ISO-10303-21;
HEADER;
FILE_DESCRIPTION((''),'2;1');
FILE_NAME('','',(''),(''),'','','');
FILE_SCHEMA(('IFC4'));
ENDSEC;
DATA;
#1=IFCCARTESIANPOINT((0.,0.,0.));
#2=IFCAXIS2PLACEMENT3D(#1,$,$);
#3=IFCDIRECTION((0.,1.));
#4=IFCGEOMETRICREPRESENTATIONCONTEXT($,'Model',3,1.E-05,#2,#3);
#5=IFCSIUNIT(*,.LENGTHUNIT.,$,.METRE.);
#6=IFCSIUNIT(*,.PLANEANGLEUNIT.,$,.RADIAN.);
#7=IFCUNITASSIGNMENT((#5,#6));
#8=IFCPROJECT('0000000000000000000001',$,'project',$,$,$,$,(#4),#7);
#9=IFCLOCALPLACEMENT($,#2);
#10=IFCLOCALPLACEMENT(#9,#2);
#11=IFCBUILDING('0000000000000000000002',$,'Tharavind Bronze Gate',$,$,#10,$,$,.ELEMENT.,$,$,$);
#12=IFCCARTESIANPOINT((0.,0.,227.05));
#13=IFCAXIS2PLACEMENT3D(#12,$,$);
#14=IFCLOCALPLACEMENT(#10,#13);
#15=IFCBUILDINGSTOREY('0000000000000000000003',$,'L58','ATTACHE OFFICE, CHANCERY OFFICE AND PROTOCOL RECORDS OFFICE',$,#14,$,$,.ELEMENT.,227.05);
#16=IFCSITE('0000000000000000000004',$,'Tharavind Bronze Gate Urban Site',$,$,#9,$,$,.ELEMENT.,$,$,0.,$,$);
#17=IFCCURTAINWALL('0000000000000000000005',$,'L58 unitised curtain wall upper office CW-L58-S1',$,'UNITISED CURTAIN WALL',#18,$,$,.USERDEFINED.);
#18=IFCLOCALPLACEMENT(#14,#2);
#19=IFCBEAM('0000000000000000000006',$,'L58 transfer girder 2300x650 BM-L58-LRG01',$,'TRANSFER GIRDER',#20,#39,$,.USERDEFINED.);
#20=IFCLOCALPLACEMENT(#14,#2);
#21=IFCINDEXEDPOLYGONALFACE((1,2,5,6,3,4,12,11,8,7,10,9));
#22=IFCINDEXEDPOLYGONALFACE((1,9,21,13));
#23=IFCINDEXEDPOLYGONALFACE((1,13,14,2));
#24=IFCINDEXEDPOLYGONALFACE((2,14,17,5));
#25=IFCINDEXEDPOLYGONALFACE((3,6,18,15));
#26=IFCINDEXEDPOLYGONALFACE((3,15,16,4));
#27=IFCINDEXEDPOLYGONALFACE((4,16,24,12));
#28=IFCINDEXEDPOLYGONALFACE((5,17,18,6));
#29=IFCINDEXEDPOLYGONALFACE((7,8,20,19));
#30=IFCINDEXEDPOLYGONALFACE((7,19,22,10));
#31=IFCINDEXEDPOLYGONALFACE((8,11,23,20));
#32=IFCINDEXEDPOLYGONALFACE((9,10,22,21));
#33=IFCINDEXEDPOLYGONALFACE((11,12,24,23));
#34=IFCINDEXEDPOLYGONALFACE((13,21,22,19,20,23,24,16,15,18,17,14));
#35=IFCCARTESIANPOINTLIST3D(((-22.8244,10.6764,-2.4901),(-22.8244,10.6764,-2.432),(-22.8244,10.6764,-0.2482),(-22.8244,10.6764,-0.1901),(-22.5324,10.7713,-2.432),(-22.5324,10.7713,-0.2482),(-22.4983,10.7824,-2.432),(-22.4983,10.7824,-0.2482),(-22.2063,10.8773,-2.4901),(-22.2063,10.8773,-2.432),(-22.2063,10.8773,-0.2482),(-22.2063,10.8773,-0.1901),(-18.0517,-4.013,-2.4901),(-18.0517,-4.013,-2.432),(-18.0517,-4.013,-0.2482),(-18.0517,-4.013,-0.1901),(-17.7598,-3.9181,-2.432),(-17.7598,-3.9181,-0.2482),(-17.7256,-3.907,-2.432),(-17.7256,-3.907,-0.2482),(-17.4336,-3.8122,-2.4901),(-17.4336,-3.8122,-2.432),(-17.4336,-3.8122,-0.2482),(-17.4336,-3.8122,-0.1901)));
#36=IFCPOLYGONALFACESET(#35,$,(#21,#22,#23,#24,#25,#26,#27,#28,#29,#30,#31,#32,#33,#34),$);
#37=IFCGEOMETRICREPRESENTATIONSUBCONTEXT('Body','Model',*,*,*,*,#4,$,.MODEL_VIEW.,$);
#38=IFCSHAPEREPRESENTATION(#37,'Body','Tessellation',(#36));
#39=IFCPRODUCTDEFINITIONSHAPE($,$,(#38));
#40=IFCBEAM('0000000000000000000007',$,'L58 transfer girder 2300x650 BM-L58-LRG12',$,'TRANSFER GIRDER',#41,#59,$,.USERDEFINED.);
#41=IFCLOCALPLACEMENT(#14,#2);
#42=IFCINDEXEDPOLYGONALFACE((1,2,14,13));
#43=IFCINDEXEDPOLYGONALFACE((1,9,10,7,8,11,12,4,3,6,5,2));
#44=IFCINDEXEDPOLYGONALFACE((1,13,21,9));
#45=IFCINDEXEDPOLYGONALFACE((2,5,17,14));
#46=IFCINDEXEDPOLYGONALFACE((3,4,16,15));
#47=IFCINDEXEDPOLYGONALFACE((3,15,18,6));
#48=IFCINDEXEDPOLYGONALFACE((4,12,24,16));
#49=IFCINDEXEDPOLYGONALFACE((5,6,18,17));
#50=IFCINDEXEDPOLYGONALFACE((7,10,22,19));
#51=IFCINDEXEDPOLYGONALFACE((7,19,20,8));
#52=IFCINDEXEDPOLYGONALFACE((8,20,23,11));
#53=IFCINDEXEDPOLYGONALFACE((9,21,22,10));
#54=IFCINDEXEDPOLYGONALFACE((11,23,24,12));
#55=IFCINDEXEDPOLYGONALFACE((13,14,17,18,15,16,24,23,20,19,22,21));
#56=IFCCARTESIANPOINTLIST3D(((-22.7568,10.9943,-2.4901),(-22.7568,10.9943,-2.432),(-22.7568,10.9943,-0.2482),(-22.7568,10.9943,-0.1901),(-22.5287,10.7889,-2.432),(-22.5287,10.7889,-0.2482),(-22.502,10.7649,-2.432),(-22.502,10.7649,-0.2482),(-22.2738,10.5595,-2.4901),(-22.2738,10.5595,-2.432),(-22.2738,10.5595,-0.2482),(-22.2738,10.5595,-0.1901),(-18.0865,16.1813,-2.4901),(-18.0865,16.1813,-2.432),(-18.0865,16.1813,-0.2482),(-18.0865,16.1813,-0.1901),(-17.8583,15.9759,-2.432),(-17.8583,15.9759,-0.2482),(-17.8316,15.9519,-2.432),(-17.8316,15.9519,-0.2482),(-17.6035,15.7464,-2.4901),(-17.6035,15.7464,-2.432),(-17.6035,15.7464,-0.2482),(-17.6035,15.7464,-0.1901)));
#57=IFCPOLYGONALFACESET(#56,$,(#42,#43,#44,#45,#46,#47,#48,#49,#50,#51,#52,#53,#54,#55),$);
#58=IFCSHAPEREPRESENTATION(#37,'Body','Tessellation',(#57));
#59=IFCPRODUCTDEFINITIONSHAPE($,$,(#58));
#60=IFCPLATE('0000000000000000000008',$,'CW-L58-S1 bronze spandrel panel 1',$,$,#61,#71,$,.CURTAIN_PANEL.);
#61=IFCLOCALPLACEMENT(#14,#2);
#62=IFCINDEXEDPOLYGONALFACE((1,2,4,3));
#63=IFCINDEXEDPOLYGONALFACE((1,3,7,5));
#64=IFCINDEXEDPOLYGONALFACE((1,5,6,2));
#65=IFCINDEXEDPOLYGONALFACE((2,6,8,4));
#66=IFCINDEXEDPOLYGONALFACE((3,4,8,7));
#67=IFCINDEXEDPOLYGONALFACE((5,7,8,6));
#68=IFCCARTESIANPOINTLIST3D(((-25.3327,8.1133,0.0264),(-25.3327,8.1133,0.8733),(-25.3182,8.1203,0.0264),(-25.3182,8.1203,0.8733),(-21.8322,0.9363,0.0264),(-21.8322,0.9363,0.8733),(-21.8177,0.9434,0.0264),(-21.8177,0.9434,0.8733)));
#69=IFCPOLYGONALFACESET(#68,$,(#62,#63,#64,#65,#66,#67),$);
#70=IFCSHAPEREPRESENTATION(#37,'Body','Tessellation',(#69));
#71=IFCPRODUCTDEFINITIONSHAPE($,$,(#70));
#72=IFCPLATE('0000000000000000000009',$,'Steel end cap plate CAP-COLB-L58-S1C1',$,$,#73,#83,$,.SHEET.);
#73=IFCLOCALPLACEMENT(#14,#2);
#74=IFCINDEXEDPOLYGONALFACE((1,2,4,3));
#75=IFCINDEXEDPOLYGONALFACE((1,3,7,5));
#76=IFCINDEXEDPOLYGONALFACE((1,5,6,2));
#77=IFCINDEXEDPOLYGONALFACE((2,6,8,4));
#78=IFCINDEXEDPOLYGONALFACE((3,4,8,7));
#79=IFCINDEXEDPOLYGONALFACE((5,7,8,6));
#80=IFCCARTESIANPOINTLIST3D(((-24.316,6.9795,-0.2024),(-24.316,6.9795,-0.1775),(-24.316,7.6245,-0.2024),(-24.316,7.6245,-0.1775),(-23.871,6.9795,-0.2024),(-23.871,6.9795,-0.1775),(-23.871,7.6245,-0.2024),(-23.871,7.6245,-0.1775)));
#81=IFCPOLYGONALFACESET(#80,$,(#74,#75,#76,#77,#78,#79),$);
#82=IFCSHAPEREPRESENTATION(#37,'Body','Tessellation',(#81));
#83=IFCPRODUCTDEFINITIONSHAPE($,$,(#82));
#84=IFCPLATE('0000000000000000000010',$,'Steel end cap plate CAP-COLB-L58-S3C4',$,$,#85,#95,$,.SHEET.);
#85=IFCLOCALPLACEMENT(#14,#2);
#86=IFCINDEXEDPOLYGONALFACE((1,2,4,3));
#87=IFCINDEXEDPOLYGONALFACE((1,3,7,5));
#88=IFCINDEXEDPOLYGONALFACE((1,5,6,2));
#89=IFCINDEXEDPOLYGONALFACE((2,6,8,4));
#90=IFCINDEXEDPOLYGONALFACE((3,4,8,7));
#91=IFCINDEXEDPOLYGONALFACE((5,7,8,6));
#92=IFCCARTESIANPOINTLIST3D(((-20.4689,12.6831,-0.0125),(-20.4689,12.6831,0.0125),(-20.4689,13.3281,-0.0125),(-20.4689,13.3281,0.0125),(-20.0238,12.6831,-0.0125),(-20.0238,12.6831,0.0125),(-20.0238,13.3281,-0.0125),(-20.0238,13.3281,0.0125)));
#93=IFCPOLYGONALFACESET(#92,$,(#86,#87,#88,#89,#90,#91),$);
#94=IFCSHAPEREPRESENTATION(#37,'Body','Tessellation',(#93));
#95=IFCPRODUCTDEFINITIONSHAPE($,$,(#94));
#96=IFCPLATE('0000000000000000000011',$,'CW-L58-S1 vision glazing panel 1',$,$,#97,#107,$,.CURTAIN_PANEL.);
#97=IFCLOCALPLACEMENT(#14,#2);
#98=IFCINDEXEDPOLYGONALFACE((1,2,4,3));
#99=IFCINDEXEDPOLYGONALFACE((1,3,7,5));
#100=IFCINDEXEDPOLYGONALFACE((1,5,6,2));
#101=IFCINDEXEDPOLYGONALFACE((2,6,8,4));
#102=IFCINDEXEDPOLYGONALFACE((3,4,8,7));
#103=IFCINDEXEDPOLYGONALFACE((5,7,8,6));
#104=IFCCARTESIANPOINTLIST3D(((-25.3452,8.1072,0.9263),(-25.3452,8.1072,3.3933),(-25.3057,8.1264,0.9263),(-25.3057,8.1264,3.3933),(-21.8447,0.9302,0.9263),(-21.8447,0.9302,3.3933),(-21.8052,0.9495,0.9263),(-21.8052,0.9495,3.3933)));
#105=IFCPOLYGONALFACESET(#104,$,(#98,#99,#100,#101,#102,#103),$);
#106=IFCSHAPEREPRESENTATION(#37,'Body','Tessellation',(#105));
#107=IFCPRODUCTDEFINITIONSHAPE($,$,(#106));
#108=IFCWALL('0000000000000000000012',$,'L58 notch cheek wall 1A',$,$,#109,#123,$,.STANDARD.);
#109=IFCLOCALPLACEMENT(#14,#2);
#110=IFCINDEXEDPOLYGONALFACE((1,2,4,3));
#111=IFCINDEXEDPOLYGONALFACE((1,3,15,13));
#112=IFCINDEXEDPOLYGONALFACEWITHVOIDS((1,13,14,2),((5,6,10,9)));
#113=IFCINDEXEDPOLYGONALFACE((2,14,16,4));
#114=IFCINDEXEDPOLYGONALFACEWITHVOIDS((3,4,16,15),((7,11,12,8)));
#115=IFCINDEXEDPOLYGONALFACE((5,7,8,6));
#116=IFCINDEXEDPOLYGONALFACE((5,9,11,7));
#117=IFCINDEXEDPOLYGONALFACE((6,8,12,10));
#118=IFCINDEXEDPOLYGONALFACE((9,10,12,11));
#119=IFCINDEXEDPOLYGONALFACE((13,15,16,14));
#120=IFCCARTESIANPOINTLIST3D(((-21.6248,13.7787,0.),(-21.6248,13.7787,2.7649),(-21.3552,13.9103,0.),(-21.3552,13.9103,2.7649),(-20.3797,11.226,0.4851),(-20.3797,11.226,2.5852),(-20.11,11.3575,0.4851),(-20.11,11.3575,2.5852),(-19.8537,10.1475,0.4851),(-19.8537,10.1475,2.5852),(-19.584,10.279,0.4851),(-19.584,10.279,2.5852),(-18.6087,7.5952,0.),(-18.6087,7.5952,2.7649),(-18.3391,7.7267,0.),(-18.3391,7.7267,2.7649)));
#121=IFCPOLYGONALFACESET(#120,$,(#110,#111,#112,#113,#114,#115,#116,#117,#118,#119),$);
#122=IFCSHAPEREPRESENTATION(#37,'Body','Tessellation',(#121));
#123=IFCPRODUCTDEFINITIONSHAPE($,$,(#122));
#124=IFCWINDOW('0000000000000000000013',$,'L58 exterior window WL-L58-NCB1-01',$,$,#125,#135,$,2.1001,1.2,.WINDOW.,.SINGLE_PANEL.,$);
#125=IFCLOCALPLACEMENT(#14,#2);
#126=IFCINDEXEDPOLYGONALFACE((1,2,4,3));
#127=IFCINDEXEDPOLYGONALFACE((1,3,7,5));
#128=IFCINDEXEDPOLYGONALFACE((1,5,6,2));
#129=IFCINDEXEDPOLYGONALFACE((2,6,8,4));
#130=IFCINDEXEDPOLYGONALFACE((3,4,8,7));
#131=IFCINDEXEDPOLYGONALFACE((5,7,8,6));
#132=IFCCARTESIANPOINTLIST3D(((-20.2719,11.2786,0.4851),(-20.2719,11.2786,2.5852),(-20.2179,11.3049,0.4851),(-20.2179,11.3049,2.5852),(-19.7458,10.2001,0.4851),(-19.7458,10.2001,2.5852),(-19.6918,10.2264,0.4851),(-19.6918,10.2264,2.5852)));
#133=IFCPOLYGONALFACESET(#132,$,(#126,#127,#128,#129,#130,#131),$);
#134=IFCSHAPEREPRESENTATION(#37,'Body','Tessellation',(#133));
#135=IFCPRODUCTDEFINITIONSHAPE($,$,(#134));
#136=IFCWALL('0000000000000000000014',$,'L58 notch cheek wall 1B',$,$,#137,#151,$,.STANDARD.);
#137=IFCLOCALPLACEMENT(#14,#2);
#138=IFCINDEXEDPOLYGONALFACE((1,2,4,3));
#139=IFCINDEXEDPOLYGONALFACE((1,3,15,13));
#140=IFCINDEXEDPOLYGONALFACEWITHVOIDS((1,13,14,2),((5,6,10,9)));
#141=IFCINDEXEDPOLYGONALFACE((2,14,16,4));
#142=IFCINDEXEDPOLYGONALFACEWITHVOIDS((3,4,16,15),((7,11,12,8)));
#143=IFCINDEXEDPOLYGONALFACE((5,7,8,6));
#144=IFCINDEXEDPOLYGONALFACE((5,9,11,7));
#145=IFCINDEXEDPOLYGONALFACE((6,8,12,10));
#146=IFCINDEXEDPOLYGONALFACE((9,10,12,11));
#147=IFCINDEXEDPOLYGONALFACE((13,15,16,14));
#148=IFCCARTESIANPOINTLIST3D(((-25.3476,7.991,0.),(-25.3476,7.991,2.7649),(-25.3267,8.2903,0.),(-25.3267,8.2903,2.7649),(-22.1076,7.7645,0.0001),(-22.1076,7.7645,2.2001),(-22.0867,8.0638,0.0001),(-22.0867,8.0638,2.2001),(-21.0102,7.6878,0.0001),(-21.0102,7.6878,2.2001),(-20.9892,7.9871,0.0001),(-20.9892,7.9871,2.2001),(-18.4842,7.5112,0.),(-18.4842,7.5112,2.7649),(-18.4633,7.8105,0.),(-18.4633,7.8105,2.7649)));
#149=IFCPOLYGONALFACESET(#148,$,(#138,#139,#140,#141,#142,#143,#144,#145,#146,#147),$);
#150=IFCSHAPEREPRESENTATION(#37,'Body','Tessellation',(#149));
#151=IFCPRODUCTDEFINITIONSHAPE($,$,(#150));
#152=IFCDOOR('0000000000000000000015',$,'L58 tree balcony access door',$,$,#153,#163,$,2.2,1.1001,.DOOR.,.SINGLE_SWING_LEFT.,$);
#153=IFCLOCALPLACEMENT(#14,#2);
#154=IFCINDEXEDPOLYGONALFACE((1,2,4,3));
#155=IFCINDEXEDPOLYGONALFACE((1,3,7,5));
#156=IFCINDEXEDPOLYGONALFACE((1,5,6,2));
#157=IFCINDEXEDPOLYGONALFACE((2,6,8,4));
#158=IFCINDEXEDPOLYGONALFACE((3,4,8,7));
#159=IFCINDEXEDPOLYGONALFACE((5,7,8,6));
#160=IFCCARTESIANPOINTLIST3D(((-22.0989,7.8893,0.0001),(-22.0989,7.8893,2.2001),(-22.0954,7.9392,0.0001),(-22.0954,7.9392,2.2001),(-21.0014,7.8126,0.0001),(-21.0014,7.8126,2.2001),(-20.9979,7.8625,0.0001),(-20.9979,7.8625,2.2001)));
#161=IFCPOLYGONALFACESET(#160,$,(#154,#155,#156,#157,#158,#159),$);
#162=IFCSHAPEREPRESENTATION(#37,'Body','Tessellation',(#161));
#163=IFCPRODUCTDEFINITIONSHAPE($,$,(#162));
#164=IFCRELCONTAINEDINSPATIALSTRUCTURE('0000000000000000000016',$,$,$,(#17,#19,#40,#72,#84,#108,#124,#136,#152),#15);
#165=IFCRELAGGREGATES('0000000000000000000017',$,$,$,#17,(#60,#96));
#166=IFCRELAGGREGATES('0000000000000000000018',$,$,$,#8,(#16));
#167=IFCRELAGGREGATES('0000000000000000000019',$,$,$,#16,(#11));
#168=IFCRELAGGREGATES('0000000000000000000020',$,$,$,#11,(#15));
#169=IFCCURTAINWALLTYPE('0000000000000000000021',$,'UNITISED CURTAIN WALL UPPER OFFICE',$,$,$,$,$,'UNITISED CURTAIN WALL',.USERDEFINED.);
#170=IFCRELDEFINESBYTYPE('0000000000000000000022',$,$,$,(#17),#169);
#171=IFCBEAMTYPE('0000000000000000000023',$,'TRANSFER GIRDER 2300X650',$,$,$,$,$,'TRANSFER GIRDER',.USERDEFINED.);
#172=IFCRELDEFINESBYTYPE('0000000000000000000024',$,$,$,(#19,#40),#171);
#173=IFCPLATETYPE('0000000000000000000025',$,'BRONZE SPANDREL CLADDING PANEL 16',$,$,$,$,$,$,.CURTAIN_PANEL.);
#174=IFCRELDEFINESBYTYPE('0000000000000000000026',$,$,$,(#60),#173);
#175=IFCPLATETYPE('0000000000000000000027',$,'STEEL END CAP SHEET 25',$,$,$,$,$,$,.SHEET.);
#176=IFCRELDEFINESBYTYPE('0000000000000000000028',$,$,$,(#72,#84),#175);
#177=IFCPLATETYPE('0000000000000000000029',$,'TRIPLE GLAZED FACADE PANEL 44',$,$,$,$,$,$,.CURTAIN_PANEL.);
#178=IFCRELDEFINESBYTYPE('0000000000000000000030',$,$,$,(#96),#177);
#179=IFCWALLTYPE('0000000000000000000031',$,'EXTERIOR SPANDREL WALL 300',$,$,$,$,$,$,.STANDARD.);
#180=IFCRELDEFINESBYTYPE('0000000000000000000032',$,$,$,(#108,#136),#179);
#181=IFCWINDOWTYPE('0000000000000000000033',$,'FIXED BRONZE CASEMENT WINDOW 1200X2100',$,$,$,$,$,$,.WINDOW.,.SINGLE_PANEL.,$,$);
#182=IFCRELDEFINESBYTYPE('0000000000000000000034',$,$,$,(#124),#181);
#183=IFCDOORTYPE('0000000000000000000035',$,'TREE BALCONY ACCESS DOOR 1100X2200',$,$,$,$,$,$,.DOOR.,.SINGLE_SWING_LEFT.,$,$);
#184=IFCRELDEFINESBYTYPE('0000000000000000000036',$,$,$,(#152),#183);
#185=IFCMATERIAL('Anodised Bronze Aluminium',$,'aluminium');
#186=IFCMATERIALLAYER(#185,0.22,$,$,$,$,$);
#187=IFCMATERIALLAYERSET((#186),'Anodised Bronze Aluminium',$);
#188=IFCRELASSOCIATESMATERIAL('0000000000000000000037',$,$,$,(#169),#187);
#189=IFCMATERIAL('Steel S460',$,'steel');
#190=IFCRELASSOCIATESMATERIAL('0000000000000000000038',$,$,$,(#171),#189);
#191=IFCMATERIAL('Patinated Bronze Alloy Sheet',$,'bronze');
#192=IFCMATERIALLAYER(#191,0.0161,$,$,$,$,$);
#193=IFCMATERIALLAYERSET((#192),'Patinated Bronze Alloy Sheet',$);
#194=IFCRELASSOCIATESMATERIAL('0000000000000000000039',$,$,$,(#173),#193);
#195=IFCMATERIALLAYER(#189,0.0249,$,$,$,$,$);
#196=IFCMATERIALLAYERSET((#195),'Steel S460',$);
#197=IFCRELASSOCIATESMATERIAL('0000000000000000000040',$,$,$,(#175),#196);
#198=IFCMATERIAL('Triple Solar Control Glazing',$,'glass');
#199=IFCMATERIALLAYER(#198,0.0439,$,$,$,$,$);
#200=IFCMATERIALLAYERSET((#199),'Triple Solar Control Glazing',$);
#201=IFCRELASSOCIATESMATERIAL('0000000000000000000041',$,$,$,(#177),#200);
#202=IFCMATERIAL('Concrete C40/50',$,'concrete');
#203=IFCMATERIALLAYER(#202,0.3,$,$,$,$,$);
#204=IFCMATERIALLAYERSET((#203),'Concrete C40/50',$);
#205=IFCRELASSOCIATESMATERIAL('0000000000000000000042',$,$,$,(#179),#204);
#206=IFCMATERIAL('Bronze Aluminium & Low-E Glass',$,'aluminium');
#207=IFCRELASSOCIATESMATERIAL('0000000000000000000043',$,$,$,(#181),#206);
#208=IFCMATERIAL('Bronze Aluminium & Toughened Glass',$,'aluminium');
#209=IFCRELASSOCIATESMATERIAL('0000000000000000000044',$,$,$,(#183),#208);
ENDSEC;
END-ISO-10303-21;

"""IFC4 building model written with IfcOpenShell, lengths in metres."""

from ifc_helpers import new_model, si_unit, direction, frame, frame_2d, origin, origin_2d, place, context, subcontext, project, spatial, rectangle, i_section, extrude, material, layer, layer_set, material_profile, profile_set, type_object, element, fill, aggregate, save


model = new_model("IFC4")

# Units and contexts
model_context = context("Model", 3, precision=1e-05, world=origin(), true_north=direction((0.0, 1.0)))
body_context = subcontext(model_context, "Body", "Model", "MODEL_VIEW")
ifc_project = project(units=[si_unit("LENGTHUNIT", "METRE"), si_unit("PLANEANGLEUNIT", "RADIAN")], contexts=[model_context])

# Site, building, storey
site_placement = place(None, origin())
site = spatial("IfcSite", under=ifc_project, at=site_placement, Name="Tharavind Bronze Gate Urban Site", CompositionType="ELEMENT", RefElevation=0.0)
building_placement = place(site_placement, origin())
building = spatial("IfcBuilding", under=site, at=building_placement, Name="Tharavind Bronze Gate", CompositionType="ELEMENT")
storey_placement = place(building_placement, frame((0.0, 0.0, 227.05)))
storey = spatial("IfcBuildingStorey", under=building, at=storey_placement, Name="L58", Description="ATTACHE OFFICE, CHANCERY OFFICE AND PROTOCOL RECORDS OFFICE", CompositionType="ELEMENT", Elevation=227.05)

# Shared definitions
ifc_material_1 = material(Name="Steel S460", Category="steel")

# Curtain wall
ifc_material_2 = material(Name="Anodised Bronze Aluminium", Category="aluminium")
ifc_layer_1 = layer(ifc_material_2, 0.22)
ifc_layer_set_1 = layer_set([ifc_layer_1], Name="Anodised Bronze Aluminium")
curtain_wall_type = type_object("IfcCurtainWallType", Name="UNITISED CURTAIN WALL UPPER OFFICE", ElementType="UNITISED CURTAIN WALL", PredefinedType="USERDEFINED", material=ifc_layer_set_1)
curtain_wall_1_placement = place(storey_placement, origin())
curtain_wall_1 = element("IfcCurtainWall", 1, at=curtain_wall_1_placement, inside=storey, type_object=curtain_wall_type, Name="L58 unitised curtain wall upper office CW-L58-S1", ObjectType="UNITISED CURTAIN WALL", PredefinedType="USERDEFINED")

# Beams
ifc_material_profile_1 = material_profile(ifc_material_1, i_section(OverallWidth=0.6499, OverallDepth=2.3, WebThickness=0.0359, FlangeThickness=0.0581, at=origin_2d()), Name="PG2300X650")
ifc_profile_set_1 = profile_set([ifc_material_profile_1], Name="Steel S460")
beam_type_1 = type_object("IfcBeamType", Name="TRANSFER GIRDER 2300X650", ElementType="TRANSFER GIRDER", PredefinedType="USERDEFINED", material=ifc_profile_set_1)
beam_1_placement = place(storey_placement, frame((-22.5154, 10.7769, -1.3401), z_axis=(0.309006, -0.95106, 0.0), x_axis=(0.95106, 0.309006, 0.0)))
element("IfcBeam", 2, at=beam_1_placement, inside=storey, type_object=beam_type_1, Name="L58 transfer girder 2300x650 BM-L58-LRG01", ObjectType="TRANSFER GIRDER", PredefinedType="USERDEFINED", context=body_context, shape_type="SweptSolid", body=[
    extrude(i_section(OverallWidth=0.6499, OverallDepth=2.3, WebThickness=0.0359, FlangeThickness=0.0581, at=origin_2d()), origin(), (0.0, 0.0, 1.0), 15.4453),
])
beam_2_placement = place(storey_placement, frame((-17.845, 15.9639, -1.3401), z_axis=(-0.669131, -0.743145, 0.0), x_axis=(0.743145, -0.669131, 0.0)))
element("IfcBeam", 3, at=beam_2_placement, inside=storey, type_object=beam_type_1, Name="L58 transfer girder 2300x650 BM-L58-LRG12", ObjectType="TRANSFER GIRDER", PredefinedType="USERDEFINED", context=body_context, shape_type="SweptSolid", body=[
    extrude(i_section(OverallWidth=0.6499, OverallDepth=2.3, WebThickness=0.0359, FlangeThickness=0.0581, at=origin_2d()), origin(), (0.0, 0.0, 1.0), 6.9797),
])

# Plate
ifc_material_3 = material(Name="Patinated Bronze Alloy Sheet", Category="bronze")
ifc_layer_2 = layer(ifc_material_3, 0.0161)
ifc_layer_set_2 = layer_set([ifc_layer_2], Name="Patinated Bronze Alloy Sheet")
plate_type_1 = type_object("IfcPlateType", Name="BRONZE SPANDREL CLADDING PANEL 16", PredefinedType="CURTAIN_PANEL", material=ifc_layer_set_2)
plate_1_placement = place(storey_placement, frame((-23.5752, 4.5283, 0.0264), z_axis=(0.0, 0.0, 1.0), x_axis=(0.438371, -0.898794, 0.0)))
plate_1 = element("IfcPlate", 4, at=plate_1_placement, type_object=plate_type_1, Name="CW-L58-S1 bronze spandrel panel 1", PredefinedType="CURTAIN_PANEL", context=body_context, shape_type="SweptSolid", body=[
    extrude(rectangle(XDim=7.9851, YDim=0.0161, at=origin_2d()), origin(), (0.0, 0.0, 1.0), 0.8469),
])

# Plates
ifc_layer_3 = layer(ifc_material_1, 0.0249)
ifc_layer_set_3 = layer_set([ifc_layer_3], Name="Steel S460")
plate_type_2 = type_object("IfcPlateType", Name="STEEL END CAP SHEET 25", PredefinedType="SHEET", material=ifc_layer_set_3)
for number, where, z_axis, x_axis, name in (
    (5, (-24.0935, 7.302, -0.2024), (0.0, 0.0, 1.0), (1.0, 0.0, 0.0), "Steel end cap plate CAP-COLB-L58-S1C1"),
    (6, (-20.2463, 13.0056, -0.0125), (0.0, 0.0, 1.0), (1.0, 0.0, 0.0), "Steel end cap plate CAP-COLB-L58-S3C4"),
):
    element("IfcPlate", number, at=place(storey_placement, frame(where, z_axis=z_axis, x_axis=x_axis)), inside=storey, type_object=plate_type_2, Name=name, PredefinedType="SHEET", context=body_context, shape_type="SweptSolid", body=[
        extrude(rectangle(XDim=0.4451, YDim=0.645, at=origin_2d()), origin(), (0.0, 0.0, 1.0), 0.0249),
    ])

# Plate
ifc_material_4 = material(Name="Triple Solar Control Glazing", Category="glass")
ifc_layer_4 = layer(ifc_material_4, 0.0439)
ifc_layer_set_4 = layer_set([ifc_layer_4], Name="Triple Solar Control Glazing")
plate_type_3 = type_object("IfcPlateType", Name="TRIPLE GLAZED FACADE PANEL 44", PredefinedType="CURTAIN_PANEL", material=ifc_layer_set_4)
plate_2_placement = place(storey_placement, frame((-23.5752, 4.5283, 0.9263), z_axis=(0.0, 0.0, 1.0), x_axis=(0.438371, -0.898794, 0.0)))
plate_2 = element("IfcPlate", 7, at=plate_2_placement, type_object=plate_type_3, Name="CW-L58-S1 vision glazing panel 1", PredefinedType="CURTAIN_PANEL", context=body_context, shape_type="SweptSolid", body=[
    extrude(rectangle(XDim=7.9851, YDim=0.0439, at=origin_2d()), origin(), (0.0, 0.0, 1.0), 2.467),
])
aggregate(curtain_wall_1, [plate_1, plate_2])

# Wall, opening, window
ifc_material_5 = material(Name="Concrete C40/50", Category="concrete")
ifc_layer_5 = layer(ifc_material_5, 0.3)
ifc_layer_set_5 = layer_set([ifc_layer_5], Name="Concrete C40/50")
wall_type = type_object("IfcWallType", Name="EXTERIOR SPANDREL WALL 300", PredefinedType="STANDARD", material=ifc_layer_set_5)
wall_1_placement = place(storey_placement, frame((-21.49, 13.8445, 0.0), z_axis=(0.0, 0.0, 1.0), x_axis=(0.438391, -0.898784, 0.0)))
wall_1 = element("IfcWall", 8, at=wall_1_placement, inside=storey, type_object=wall_type, Name="L58 notch cheek wall 1A", PredefinedType="STANDARD", context=body_context, shape_type="SweptSolid", body=[
    extrude(rectangle(XDim=6.8799, YDim=0.3, at=frame_2d((3.4399, 0.0))), origin(), (0.0, 0.0, 1.0), 2.7649),
])
opening_1_placement = place(wall_1_placement, frame((2.8401, 0.0, 0.4851)))
opening_1 = element("IfcOpeningElement", 9, at=opening_1_placement, cuts=wall_1, PredefinedType="OPENING", context=body_context, shape_type="SweptSolid", body=[
    extrude(rectangle(XDim=1.2, YDim=2.1001, at=frame_2d((0.6001, 1.05))), frame((0.0, 0.1599, 0.0), z_axis=(0.0, -1.0, 0.0), x_axis=(1.0, 0.0, 0.0)), (0.0, 0.0, 1.0), 0.32),
])
ifc_material_6 = material(Name="Bronze Aluminium & Low-E Glass", Category="aluminium")
window_type = type_object("IfcWindowType", Name="FIXED BRONZE CASEMENT WINDOW 1200X2100", PartitioningType="SINGLE_PANEL", PredefinedType="WINDOW", material=ifc_material_6)
window_placement = place(opening_1_placement, origin())
window = element("IfcWindow", 10, at=window_placement, inside=storey, type_object=window_type, Name="L58 exterior window WL-L58-NCB1-01", OverallHeight=2.1001, OverallWidth=1.2, PartitioningType="SINGLE_PANEL", PredefinedType="WINDOW", context=body_context, shape_type="SweptSolid", body=[
    extrude(rectangle(XDim=1.2, YDim=2.1001, at=frame_2d((0.6001, 1.05))), frame((0.0, 0.03, 0.0), z_axis=(0.0, -1.0, 0.0), x_axis=(1.0, 0.0, 0.0)), (0.0, 0.0, 1.0), 0.0601),
])
fill(opening_1, window)

# Wall, opening, door
wall_2_placement = place(storey_placement, frame((-18.4739, 7.6609, 0.0), z_axis=(0.0, 0.0, 1.0), x_axis=(-0.997566, 0.069729, 0.0)))
wall_2 = element("IfcWall", 11, at=wall_2_placement, inside=storey, type_object=wall_type, Name="L58 notch cheek wall 1B", PredefinedType="STANDARD", context=body_context, shape_type="SweptSolid", body=[
    extrude(rectangle(XDim=6.8801, YDim=0.3, at=frame_2d((3.4399, 0.0))), origin(), (0.0, 0.0, 1.0), 2.7649),
])
opening_2_placement = place(wall_2_placement, frame((2.532, 0.0, 0.0)))
opening_2 = element("IfcOpeningElement", 12, at=opening_2_placement, cuts=wall_2, PredefinedType="OPENING", context=body_context, shape_type="SweptSolid", body=[
    extrude(rectangle(XDim=1.1001, YDim=2.2, at=frame_2d((0.55, 1.1001))), frame((0.0, 0.1599, 0.0), z_axis=(0.0, -1.0, 0.0), x_axis=(1.0, 0.0, 0.0)), (0.0, 0.0, 1.0), 0.32),
])
ifc_material_7 = material(Name="Bronze Aluminium & Toughened Glass", Category="aluminium")
door_type = type_object("IfcDoorType", Name="TREE BALCONY ACCESS DOOR 1100X2200", OperationType="SINGLE_SWING_LEFT", PredefinedType="DOOR", material=ifc_material_7)
door_placement = place(opening_2_placement, origin())
door = element("IfcDoor", 13, at=door_placement, inside=storey, type_object=door_type, Name="L58 tree balcony access door", OperationType="SINGLE_SWING_LEFT", OverallHeight=2.2, OverallWidth=1.1001, PredefinedType="DOOR", context=body_context, shape_type="SweptSolid", body=[
    extrude(rectangle(XDim=1.1001, YDim=2.2, at=frame_2d((0.55, 1.1001))), frame((0.0, 0.0249, 0.0), z_axis=(0.0, -1.0, 0.0), x_axis=(1.0, 0.0, 0.0)), (0.0, 0.0, 1.0), 0.05),
])
fill(opening_2, door)

save(model, "model.ifc")
